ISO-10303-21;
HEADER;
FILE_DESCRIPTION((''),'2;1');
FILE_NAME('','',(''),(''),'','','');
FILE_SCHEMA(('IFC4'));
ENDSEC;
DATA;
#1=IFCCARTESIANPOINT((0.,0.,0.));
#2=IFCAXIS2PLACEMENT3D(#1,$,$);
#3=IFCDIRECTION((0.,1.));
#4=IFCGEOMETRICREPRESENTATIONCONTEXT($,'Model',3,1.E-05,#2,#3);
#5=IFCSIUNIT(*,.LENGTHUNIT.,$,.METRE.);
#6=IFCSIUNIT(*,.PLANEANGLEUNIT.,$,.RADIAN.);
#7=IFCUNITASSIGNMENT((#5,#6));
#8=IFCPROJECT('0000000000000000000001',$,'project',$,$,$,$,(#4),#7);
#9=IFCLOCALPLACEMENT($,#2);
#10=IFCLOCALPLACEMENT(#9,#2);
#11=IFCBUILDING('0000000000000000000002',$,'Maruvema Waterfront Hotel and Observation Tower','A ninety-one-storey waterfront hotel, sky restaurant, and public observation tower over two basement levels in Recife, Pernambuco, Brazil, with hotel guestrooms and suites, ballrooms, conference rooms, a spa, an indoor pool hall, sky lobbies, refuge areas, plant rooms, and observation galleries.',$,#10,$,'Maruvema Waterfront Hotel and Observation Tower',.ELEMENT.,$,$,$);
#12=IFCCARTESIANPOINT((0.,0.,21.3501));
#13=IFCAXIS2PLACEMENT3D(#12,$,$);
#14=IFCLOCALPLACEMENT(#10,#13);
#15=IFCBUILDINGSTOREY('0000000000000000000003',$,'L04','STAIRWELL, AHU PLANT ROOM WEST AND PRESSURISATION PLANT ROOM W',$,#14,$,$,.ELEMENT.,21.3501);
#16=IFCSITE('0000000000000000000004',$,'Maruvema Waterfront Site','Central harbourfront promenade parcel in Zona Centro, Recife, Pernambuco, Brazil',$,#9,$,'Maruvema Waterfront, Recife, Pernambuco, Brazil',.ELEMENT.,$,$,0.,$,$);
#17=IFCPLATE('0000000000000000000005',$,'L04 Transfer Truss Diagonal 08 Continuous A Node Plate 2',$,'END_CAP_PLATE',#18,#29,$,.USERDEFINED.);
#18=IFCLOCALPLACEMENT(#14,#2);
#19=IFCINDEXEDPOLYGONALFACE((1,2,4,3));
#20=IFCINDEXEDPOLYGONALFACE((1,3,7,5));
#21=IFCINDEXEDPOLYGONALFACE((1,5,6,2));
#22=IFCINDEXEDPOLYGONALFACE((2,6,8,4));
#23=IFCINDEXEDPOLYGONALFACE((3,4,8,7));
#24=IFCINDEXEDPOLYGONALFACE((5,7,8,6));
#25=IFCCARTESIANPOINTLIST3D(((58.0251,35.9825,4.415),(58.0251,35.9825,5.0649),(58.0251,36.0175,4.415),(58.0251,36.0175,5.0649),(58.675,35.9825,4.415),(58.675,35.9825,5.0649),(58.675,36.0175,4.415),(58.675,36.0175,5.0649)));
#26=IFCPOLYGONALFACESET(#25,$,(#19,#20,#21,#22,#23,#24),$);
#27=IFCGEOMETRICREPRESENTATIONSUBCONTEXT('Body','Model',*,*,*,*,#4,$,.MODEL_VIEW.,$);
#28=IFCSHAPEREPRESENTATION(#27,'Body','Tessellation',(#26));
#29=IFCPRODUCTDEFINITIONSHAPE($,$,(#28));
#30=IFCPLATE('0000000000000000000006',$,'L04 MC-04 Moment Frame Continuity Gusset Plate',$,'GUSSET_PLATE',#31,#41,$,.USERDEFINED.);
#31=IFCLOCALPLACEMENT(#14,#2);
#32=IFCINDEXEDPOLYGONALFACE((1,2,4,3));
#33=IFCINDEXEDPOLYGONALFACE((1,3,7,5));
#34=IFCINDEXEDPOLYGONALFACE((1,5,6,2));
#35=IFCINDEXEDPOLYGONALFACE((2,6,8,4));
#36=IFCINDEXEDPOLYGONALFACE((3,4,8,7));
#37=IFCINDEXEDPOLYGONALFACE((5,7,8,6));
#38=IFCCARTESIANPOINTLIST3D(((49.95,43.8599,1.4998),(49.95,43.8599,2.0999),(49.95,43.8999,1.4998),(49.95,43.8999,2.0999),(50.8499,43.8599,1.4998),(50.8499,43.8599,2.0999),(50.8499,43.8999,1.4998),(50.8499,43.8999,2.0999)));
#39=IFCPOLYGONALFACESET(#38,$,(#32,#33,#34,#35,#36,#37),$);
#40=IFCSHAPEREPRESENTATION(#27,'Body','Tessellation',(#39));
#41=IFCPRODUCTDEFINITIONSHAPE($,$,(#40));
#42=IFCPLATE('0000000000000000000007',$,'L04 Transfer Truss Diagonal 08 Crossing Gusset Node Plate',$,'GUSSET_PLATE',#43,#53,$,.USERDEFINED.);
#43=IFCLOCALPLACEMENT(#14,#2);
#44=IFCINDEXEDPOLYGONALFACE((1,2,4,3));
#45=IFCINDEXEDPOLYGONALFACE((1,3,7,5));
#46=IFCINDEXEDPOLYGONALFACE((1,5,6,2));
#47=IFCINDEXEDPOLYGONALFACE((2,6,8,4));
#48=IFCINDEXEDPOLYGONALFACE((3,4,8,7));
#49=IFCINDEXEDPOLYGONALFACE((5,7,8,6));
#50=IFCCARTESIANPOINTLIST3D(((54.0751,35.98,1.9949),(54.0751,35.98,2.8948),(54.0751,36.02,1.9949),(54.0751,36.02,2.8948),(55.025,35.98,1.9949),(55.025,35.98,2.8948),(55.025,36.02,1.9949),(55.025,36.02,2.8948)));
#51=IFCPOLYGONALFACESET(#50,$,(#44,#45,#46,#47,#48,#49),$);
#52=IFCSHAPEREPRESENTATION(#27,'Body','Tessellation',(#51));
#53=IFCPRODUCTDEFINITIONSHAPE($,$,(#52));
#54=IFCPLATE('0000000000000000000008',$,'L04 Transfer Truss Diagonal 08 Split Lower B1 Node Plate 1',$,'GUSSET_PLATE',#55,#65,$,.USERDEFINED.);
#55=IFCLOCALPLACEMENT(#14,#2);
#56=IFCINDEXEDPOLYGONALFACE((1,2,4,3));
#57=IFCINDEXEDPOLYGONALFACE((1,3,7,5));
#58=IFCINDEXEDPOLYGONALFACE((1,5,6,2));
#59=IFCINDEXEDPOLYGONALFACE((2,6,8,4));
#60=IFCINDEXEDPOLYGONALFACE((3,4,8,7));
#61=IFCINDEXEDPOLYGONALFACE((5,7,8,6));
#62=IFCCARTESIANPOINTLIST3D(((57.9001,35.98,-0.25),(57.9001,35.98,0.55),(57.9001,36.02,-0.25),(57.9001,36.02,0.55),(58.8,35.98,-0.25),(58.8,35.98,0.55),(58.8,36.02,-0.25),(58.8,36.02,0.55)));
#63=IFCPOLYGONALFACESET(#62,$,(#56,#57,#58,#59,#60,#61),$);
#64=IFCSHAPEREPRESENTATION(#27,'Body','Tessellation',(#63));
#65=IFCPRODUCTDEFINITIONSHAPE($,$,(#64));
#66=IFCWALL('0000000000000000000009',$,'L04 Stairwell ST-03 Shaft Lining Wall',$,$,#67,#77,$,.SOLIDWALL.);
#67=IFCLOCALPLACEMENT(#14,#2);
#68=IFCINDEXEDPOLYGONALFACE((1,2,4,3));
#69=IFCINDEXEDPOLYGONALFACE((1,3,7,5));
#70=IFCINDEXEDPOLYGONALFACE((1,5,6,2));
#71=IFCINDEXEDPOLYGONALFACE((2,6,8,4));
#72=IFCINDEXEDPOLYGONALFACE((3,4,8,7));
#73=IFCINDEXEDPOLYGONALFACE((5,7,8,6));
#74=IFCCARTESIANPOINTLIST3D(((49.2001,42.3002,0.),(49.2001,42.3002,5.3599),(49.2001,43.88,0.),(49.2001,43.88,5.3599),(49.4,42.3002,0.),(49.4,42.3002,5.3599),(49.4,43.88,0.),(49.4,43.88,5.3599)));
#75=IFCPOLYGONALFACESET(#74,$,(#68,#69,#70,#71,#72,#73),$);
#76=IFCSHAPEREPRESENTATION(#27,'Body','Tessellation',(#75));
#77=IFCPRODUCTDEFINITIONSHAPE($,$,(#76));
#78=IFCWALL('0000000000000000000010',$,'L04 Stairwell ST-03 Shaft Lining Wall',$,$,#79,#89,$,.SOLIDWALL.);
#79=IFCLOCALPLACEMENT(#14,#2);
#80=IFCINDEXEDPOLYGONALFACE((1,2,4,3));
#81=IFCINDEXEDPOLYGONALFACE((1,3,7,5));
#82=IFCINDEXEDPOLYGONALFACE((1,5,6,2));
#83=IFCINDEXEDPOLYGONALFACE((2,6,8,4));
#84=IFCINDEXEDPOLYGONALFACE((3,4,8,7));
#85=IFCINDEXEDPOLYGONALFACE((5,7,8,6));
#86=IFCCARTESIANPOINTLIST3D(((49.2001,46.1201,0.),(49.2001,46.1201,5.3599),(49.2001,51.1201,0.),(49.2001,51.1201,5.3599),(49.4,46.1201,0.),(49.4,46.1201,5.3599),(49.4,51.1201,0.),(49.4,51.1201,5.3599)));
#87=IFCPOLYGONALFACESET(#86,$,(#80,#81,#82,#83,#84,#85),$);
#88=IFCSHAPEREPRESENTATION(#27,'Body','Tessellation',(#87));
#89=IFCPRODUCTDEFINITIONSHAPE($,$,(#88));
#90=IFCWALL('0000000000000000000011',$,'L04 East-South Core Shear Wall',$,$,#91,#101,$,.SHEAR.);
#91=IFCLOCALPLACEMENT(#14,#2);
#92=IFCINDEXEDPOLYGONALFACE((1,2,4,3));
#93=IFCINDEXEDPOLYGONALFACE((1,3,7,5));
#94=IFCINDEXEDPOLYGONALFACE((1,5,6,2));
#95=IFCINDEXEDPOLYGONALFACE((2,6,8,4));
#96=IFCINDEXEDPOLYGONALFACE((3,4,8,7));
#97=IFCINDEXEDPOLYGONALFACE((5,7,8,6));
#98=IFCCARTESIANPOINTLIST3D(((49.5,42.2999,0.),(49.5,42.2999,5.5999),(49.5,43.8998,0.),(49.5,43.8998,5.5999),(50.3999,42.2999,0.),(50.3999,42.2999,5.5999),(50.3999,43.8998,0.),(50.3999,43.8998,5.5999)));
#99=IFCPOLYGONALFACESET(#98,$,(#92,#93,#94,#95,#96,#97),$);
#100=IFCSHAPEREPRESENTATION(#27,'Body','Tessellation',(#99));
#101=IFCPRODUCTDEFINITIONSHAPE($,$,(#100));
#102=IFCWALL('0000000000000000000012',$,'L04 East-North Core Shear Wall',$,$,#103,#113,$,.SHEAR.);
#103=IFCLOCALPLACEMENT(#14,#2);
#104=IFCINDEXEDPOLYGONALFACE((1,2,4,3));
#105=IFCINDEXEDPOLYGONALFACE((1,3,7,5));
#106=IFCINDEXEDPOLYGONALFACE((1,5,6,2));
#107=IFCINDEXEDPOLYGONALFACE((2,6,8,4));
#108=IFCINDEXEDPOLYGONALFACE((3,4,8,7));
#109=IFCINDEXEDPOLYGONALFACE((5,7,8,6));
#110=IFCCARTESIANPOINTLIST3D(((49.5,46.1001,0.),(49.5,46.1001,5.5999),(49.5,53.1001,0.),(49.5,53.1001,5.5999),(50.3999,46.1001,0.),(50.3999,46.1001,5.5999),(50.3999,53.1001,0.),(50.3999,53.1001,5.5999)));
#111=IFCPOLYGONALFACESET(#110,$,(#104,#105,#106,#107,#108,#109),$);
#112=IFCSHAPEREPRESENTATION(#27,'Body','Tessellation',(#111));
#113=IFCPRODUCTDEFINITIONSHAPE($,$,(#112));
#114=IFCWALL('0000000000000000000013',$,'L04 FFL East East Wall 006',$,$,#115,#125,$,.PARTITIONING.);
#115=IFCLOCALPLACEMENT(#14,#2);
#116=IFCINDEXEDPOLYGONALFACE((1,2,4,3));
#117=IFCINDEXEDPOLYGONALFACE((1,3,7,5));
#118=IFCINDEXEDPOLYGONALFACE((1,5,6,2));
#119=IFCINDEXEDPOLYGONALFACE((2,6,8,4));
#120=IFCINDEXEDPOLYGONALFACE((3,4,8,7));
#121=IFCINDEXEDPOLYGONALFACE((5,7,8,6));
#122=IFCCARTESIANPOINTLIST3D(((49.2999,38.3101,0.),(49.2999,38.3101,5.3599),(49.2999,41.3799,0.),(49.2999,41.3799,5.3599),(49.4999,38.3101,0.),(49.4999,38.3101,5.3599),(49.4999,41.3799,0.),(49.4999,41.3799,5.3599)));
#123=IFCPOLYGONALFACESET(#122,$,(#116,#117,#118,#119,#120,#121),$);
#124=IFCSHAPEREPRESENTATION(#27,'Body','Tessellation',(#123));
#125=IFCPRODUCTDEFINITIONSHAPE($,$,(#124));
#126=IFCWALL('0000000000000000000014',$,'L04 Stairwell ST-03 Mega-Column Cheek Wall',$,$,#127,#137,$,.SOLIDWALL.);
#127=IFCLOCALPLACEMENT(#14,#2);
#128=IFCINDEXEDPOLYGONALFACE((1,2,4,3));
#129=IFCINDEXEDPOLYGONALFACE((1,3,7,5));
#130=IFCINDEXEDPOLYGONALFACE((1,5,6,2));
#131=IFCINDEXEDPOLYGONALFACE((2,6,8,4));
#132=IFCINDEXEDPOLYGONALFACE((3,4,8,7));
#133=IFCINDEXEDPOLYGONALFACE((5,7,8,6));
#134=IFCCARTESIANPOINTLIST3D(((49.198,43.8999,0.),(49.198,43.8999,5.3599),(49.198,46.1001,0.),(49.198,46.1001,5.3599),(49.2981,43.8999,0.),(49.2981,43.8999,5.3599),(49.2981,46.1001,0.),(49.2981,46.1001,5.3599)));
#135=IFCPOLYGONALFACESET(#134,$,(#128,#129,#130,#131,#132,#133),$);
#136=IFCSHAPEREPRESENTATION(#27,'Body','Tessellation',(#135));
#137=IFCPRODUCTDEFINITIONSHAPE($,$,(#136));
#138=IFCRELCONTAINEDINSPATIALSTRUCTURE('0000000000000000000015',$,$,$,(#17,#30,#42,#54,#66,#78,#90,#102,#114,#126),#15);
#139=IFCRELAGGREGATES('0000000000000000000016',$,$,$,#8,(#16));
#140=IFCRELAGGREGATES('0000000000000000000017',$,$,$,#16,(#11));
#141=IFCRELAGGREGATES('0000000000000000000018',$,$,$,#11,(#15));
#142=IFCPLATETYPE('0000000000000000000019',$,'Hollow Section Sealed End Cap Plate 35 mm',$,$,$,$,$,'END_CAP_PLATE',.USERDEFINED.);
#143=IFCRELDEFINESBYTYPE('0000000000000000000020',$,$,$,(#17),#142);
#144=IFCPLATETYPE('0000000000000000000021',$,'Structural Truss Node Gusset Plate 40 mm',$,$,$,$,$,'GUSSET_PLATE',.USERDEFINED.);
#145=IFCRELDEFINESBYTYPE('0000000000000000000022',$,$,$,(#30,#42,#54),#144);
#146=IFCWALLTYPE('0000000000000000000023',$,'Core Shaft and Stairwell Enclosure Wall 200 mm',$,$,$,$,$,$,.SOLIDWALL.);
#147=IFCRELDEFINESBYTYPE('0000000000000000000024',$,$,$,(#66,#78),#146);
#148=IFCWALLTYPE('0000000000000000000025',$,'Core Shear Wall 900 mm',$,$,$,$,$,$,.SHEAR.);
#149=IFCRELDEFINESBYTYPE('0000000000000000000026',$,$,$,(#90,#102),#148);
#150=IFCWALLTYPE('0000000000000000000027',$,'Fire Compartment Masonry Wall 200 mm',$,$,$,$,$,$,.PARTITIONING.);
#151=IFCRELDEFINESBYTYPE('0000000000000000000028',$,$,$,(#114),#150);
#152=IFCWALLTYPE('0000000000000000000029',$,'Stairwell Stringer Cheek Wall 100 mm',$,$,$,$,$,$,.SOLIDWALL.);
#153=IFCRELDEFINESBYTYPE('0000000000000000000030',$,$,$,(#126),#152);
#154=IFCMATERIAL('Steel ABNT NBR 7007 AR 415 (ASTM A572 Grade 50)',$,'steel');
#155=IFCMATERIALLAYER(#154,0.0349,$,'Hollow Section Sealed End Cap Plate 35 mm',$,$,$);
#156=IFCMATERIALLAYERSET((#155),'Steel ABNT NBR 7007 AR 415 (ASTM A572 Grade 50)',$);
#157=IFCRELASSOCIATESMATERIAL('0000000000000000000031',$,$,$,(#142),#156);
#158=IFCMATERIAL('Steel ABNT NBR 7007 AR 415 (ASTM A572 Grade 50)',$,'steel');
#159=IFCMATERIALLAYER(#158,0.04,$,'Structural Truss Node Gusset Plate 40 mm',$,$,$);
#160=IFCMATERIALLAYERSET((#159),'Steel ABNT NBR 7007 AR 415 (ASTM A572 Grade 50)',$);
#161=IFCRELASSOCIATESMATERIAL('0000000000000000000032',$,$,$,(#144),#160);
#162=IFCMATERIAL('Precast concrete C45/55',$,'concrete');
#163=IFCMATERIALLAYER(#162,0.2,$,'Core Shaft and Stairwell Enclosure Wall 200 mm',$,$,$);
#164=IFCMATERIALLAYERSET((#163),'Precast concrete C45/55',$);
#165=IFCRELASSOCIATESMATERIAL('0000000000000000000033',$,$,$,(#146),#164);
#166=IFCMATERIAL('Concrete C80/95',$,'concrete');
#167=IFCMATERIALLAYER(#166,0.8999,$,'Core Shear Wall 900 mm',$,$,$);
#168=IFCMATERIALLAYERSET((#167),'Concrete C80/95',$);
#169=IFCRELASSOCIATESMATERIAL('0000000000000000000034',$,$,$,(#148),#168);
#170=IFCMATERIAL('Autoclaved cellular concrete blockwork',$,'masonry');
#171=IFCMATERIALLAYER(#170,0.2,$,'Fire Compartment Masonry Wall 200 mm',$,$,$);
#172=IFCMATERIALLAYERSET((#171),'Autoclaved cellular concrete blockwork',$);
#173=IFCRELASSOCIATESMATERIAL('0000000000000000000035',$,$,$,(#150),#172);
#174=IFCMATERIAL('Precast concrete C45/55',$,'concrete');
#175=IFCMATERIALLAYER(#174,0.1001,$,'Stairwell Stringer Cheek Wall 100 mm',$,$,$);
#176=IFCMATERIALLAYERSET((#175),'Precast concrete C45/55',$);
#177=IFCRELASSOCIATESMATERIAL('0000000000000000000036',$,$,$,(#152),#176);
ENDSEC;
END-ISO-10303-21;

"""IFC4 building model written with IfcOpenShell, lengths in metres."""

from ifc_helpers import new_model, si_unit, direction, frame, frame_2d, origin, origin_2d, place, context, subcontext, project, spatial, rectangle, extrude, material, layer, layer_set, type_object, element, save


model = new_model("IFC4")

# Units and contexts
model_context = context("Model", 3, precision=1e-05, world=origin(), true_north=direction((0.0, 1.0)))
body_context = subcontext(model_context, "Body", "Model", "MODEL_VIEW")
ifc_project = project(units=[si_unit("LENGTHUNIT", "METRE"), si_unit("PLANEANGLEUNIT", "RADIAN")], contexts=[model_context])

# Site, building, storey
site_placement = place(None, origin())
site = spatial("IfcSite", under=ifc_project, at=site_placement, Name="Maruvema Waterfront Site", Description="Central harbourfront promenade parcel in Zona Centro, Recife, Pernambuco, Brazil", LongName="Maruvema Waterfront, Recife, Pernambuco, Brazil", CompositionType="ELEMENT", RefElevation=0.0)
building_placement = place(site_placement, origin())
building = spatial("IfcBuilding", under=site, at=building_placement, Name="Maruvema Waterfront Hotel and Observation Tower", Description="A ninety-one-storey waterfront hotel, sky restaurant, and public observation tower over two basement levels in Recife, Pernambuco, Brazil, with hotel guestrooms and suites, ballrooms, conference rooms, a spa, an indoor pool hall, sky lobbies, refuge areas, plant rooms, and observation galleries.", LongName="Maruvema Waterfront Hotel and Observation Tower", CompositionType="ELEMENT")
storey_placement = place(building_placement, frame((0.0, 0.0, 21.3501)))
storey = spatial("IfcBuildingStorey", under=building, at=storey_placement, Name="L04", Description="STAIRWELL, AHU PLANT ROOM WEST AND PRESSURISATION PLANT ROOM W", CompositionType="ELEMENT", Elevation=21.3501)

# Plates
ifc_material_1 = material(Name="Steel ABNT NBR 7007 AR 415 (ASTM A572 Grade 50)", Category="steel")
ifc_layer_1 = layer(ifc_material_1, 0.0349, Name="Hollow Section Sealed End Cap Plate 35 mm")
ifc_layer_set_1 = layer_set([ifc_layer_1], Name="Steel ABNT NBR 7007 AR 415 (ASTM A572 Grade 50)")
plate_type_1 = type_object("IfcPlateType", Name="Hollow Section Sealed End Cap Plate 35 mm", ElementType="END_CAP_PLATE", PredefinedType="USERDEFINED", material=ifc_layer_set_1)
plate_1_placement = place(storey_placement, frame((58.3501, 36.0, 4.415), z_axis=(0.0, 0.0, 1.0), x_axis=(1.0, 0.0, 0.0)))
element("IfcPlate", 1, at=plate_1_placement, inside=storey, type_object=plate_type_1, Name="L04 Transfer Truss Diagonal 08 Continuous A Node Plate 2", ObjectType="END_CAP_PLATE", PredefinedType="USERDEFINED", context=body_context, shape_type="SweptSolid", body=[
    extrude(rectangle(XDim=0.6499, YDim=0.0349, at=origin_2d()), origin(), (0.0, 0.0, 1.0), 0.6499),
])
ifc_material_2 = material(Name="Steel ABNT NBR 7007 AR 415 (ASTM A572 Grade 50)", Category="steel")
ifc_layer_2 = layer(ifc_material_2, 0.04, Name="Structural Truss Node Gusset Plate 40 mm")
ifc_layer_set_2 = layer_set([ifc_layer_2], Name="Steel ABNT NBR 7007 AR 415 (ASTM A572 Grade 50)")
plate_type_2 = type_object("IfcPlateType", Name="Structural Truss Node Gusset Plate 40 mm", ElementType="GUSSET_PLATE", PredefinedType="USERDEFINED", material=ifc_layer_set_2)
plate_2_placement = place(storey_placement, frame((50.3999, 43.8799, 1.4998), z_axis=(0.0, 0.0, 1.0), x_axis=(1.0, 0.0, 0.0)))
element("IfcPlate", 2, at=plate_2_placement, inside=storey, type_object=plate_type_2, Name="L04 MC-04 Moment Frame Continuity Gusset Plate", ObjectType="GUSSET_PLATE", PredefinedType="USERDEFINED", context=body_context, shape_type="SweptSolid", body=[
    extrude(rectangle(XDim=0.8999, YDim=0.04, at=origin_2d()), origin(), (0.0, 0.0, 1.0), 0.6001),
])
plate_3_placement = place(storey_placement, frame((54.55, 36.0, 1.9949), z_axis=(0.0, 0.0, 1.0), x_axis=(-1.0, 0.0, 0.0)))
element("IfcPlate", 3, at=plate_3_placement, inside=storey, type_object=plate_type_2, Name="L04 Transfer Truss Diagonal 08 Crossing Gusset Node Plate", ObjectType="GUSSET_PLATE", PredefinedType="USERDEFINED", context=body_context, shape_type="SweptSolid", body=[
    extrude(rectangle(XDim=0.95, YDim=0.04, at=origin_2d()), origin(), (0.0, 0.0, 1.0), 0.8999),
])
plate_4_placement = place(storey_placement, frame((58.3501, 36.0, -0.25), z_axis=(0.0, 0.0, 1.0), x_axis=(-1.0, 0.0, 0.0)))
element("IfcPlate", 4, at=plate_4_placement, inside=storey, type_object=plate_type_2, Name="L04 Transfer Truss Diagonal 08 Split Lower B1 Node Plate 1", ObjectType="GUSSET_PLATE", PredefinedType="USERDEFINED", context=body_context, shape_type="SweptSolid", body=[
    extrude(rectangle(XDim=0.8999, YDim=0.04, at=origin_2d()), origin(), (0.0, 0.0, 1.0), 0.8),
])

# Walls
ifc_material_3 = material(Name="Precast concrete C45/55", Category="concrete")
ifc_layer_3 = layer(ifc_material_3, 0.2, Name="Core Shaft and Stairwell Enclosure Wall 200 mm")
ifc_layer_set_3 = layer_set([ifc_layer_3], Name="Precast concrete C45/55")
wall_type_1 = type_object("IfcWallType", Name="Core Shaft and Stairwell Enclosure Wall 200 mm", PredefinedType="SOLIDWALL", material=ifc_layer_set_3)
wall_1_placement = place(storey_placement, frame((49.3, 42.3, 0.0), z_axis=(0.0, 0.0, 1.0), x_axis=(0.0, 1.0, 0.0)))
element("IfcWall", 5, at=wall_1_placement, inside=storey, type_object=wall_type_1, Name="L04 Stairwell ST-03 Shaft Lining Wall", PredefinedType="SOLIDWALL", context=body_context, shape_type="SweptSolid", body=[
    extrude(rectangle(XDim=1.5798, YDim=0.2, at=frame_2d((0.79, 0.0))), origin(), (0.0, 0.0, 1.0), 5.3599),
])
wall_2_placement = place(storey_placement, frame((49.3, 46.1201, 0.0), z_axis=(0.0, 0.0, 1.0), x_axis=(0.0, 1.0, 0.0)))
element("IfcWall", 6, at=wall_2_placement, inside=storey, type_object=wall_type_1, Name="L04 Stairwell ST-03 Shaft Lining Wall", PredefinedType="SOLIDWALL", context=body_context, shape_type="SweptSolid", body=[
    extrude(rectangle(XDim=5.0, YDim=0.2, at=frame_2d((2.5, 0.0))), origin(), (0.0, 0.0, 1.0), 5.3599),
])
ifc_material_4 = material(Name="Concrete C80/95", Category="concrete")
ifc_layer_4 = layer(ifc_material_4, 0.8999, Name="Core Shear Wall 900 mm")
ifc_layer_set_4 = layer_set([ifc_layer_4], Name="Concrete C80/95")
wall_type_2 = type_object("IfcWallType", Name="Core Shear Wall 900 mm", PredefinedType="SHEAR", material=ifc_layer_set_4)
wall_3_placement = place(storey_placement, frame((49.95, 42.3, 0.0), z_axis=(0.0, 0.0, 1.0), x_axis=(0.0, 1.0, 0.0)))
element("IfcWall", 7, at=wall_3_placement, inside=storey, type_object=wall_type_2, Name="L04 East-South Core Shear Wall", PredefinedType="SHEAR", context=body_context, shape_type="SweptSolid", body=[
    extrude(rectangle(XDim=1.5999, YDim=0.8999, at=frame_2d((0.7998, 0.0))), origin(), (0.0, 0.0, 1.0), 5.5999),
])
wall_4_placement = place(storey_placement, frame((49.95, 46.1001, 0.0), z_axis=(0.0, 0.0, 1.0), x_axis=(0.0, 1.0, 0.0)))
element("IfcWall", 8, at=wall_4_placement, inside=storey, type_object=wall_type_2, Name="L04 East-North Core Shear Wall", PredefinedType="SHEAR", context=body_context, shape_type="SweptSolid", body=[
    extrude(rectangle(XDim=7.0, YDim=0.8999, at=frame_2d((3.5, 0.0))), origin(), (0.0, 0.0, 1.0), 5.5999),
])
ifc_material_5 = material(Name="Autoclaved cellular concrete blockwork", Category="masonry")
ifc_layer_5 = layer(ifc_material_5, 0.2, Name="Fire Compartment Masonry Wall 200 mm")
ifc_layer_set_5 = layer_set([ifc_layer_5], Name="Autoclaved cellular concrete blockwork")
wall_type_3 = type_object("IfcWallType", Name="Fire Compartment Masonry Wall 200 mm", PredefinedType="PARTITIONING", material=ifc_layer_set_5)
wall_5_placement = place(storey_placement, frame((49.3999, 38.3101, 0.0), z_axis=(0.0, 0.0, 1.0), x_axis=(0.0, 1.0, 0.0)))
element("IfcWall", 9, at=wall_5_placement, inside=storey, type_object=wall_type_3, Name="L04 FFL East East Wall 006", PredefinedType="PARTITIONING", context=body_context, shape_type="SweptSolid", body=[
    extrude(rectangle(XDim=3.0698, YDim=0.2, at=frame_2d((1.5349, 0.0))), origin(), (0.0, 0.0, 1.0), 5.3599),
])
ifc_material_6 = material(Name="Precast concrete C45/55", Category="concrete")
ifc_layer_6 = layer(ifc_material_6, 0.1001, Name="Stairwell Stringer Cheek Wall 100 mm")
ifc_layer_set_6 = layer_set([ifc_layer_6], Name="Precast concrete C45/55")
wall_type_4 = type_object("IfcWallType", Name="Stairwell Stringer Cheek Wall 100 mm", PredefinedType="SOLIDWALL", material=ifc_layer_set_6)
wall_6_placement = place(storey_placement, frame((49.248, 43.8999, 0.0), z_axis=(0.0, 0.0, 1.0), x_axis=(0.0, 1.0, 0.0)))
element("IfcWall", 10, at=wall_6_placement, inside=storey, type_object=wall_type_4, Name="L04 Stairwell ST-03 Mega-Column Cheek Wall", PredefinedType="SOLIDWALL", context=body_context, shape_type="SweptSolid", body=[
    extrude(rectangle(XDim=2.2002, YDim=0.1001, at=frame_2d((1.1001, 0.0))), origin(), (0.0, 0.0, 1.0), 5.3599),
])

save(model, "model.ifc")
